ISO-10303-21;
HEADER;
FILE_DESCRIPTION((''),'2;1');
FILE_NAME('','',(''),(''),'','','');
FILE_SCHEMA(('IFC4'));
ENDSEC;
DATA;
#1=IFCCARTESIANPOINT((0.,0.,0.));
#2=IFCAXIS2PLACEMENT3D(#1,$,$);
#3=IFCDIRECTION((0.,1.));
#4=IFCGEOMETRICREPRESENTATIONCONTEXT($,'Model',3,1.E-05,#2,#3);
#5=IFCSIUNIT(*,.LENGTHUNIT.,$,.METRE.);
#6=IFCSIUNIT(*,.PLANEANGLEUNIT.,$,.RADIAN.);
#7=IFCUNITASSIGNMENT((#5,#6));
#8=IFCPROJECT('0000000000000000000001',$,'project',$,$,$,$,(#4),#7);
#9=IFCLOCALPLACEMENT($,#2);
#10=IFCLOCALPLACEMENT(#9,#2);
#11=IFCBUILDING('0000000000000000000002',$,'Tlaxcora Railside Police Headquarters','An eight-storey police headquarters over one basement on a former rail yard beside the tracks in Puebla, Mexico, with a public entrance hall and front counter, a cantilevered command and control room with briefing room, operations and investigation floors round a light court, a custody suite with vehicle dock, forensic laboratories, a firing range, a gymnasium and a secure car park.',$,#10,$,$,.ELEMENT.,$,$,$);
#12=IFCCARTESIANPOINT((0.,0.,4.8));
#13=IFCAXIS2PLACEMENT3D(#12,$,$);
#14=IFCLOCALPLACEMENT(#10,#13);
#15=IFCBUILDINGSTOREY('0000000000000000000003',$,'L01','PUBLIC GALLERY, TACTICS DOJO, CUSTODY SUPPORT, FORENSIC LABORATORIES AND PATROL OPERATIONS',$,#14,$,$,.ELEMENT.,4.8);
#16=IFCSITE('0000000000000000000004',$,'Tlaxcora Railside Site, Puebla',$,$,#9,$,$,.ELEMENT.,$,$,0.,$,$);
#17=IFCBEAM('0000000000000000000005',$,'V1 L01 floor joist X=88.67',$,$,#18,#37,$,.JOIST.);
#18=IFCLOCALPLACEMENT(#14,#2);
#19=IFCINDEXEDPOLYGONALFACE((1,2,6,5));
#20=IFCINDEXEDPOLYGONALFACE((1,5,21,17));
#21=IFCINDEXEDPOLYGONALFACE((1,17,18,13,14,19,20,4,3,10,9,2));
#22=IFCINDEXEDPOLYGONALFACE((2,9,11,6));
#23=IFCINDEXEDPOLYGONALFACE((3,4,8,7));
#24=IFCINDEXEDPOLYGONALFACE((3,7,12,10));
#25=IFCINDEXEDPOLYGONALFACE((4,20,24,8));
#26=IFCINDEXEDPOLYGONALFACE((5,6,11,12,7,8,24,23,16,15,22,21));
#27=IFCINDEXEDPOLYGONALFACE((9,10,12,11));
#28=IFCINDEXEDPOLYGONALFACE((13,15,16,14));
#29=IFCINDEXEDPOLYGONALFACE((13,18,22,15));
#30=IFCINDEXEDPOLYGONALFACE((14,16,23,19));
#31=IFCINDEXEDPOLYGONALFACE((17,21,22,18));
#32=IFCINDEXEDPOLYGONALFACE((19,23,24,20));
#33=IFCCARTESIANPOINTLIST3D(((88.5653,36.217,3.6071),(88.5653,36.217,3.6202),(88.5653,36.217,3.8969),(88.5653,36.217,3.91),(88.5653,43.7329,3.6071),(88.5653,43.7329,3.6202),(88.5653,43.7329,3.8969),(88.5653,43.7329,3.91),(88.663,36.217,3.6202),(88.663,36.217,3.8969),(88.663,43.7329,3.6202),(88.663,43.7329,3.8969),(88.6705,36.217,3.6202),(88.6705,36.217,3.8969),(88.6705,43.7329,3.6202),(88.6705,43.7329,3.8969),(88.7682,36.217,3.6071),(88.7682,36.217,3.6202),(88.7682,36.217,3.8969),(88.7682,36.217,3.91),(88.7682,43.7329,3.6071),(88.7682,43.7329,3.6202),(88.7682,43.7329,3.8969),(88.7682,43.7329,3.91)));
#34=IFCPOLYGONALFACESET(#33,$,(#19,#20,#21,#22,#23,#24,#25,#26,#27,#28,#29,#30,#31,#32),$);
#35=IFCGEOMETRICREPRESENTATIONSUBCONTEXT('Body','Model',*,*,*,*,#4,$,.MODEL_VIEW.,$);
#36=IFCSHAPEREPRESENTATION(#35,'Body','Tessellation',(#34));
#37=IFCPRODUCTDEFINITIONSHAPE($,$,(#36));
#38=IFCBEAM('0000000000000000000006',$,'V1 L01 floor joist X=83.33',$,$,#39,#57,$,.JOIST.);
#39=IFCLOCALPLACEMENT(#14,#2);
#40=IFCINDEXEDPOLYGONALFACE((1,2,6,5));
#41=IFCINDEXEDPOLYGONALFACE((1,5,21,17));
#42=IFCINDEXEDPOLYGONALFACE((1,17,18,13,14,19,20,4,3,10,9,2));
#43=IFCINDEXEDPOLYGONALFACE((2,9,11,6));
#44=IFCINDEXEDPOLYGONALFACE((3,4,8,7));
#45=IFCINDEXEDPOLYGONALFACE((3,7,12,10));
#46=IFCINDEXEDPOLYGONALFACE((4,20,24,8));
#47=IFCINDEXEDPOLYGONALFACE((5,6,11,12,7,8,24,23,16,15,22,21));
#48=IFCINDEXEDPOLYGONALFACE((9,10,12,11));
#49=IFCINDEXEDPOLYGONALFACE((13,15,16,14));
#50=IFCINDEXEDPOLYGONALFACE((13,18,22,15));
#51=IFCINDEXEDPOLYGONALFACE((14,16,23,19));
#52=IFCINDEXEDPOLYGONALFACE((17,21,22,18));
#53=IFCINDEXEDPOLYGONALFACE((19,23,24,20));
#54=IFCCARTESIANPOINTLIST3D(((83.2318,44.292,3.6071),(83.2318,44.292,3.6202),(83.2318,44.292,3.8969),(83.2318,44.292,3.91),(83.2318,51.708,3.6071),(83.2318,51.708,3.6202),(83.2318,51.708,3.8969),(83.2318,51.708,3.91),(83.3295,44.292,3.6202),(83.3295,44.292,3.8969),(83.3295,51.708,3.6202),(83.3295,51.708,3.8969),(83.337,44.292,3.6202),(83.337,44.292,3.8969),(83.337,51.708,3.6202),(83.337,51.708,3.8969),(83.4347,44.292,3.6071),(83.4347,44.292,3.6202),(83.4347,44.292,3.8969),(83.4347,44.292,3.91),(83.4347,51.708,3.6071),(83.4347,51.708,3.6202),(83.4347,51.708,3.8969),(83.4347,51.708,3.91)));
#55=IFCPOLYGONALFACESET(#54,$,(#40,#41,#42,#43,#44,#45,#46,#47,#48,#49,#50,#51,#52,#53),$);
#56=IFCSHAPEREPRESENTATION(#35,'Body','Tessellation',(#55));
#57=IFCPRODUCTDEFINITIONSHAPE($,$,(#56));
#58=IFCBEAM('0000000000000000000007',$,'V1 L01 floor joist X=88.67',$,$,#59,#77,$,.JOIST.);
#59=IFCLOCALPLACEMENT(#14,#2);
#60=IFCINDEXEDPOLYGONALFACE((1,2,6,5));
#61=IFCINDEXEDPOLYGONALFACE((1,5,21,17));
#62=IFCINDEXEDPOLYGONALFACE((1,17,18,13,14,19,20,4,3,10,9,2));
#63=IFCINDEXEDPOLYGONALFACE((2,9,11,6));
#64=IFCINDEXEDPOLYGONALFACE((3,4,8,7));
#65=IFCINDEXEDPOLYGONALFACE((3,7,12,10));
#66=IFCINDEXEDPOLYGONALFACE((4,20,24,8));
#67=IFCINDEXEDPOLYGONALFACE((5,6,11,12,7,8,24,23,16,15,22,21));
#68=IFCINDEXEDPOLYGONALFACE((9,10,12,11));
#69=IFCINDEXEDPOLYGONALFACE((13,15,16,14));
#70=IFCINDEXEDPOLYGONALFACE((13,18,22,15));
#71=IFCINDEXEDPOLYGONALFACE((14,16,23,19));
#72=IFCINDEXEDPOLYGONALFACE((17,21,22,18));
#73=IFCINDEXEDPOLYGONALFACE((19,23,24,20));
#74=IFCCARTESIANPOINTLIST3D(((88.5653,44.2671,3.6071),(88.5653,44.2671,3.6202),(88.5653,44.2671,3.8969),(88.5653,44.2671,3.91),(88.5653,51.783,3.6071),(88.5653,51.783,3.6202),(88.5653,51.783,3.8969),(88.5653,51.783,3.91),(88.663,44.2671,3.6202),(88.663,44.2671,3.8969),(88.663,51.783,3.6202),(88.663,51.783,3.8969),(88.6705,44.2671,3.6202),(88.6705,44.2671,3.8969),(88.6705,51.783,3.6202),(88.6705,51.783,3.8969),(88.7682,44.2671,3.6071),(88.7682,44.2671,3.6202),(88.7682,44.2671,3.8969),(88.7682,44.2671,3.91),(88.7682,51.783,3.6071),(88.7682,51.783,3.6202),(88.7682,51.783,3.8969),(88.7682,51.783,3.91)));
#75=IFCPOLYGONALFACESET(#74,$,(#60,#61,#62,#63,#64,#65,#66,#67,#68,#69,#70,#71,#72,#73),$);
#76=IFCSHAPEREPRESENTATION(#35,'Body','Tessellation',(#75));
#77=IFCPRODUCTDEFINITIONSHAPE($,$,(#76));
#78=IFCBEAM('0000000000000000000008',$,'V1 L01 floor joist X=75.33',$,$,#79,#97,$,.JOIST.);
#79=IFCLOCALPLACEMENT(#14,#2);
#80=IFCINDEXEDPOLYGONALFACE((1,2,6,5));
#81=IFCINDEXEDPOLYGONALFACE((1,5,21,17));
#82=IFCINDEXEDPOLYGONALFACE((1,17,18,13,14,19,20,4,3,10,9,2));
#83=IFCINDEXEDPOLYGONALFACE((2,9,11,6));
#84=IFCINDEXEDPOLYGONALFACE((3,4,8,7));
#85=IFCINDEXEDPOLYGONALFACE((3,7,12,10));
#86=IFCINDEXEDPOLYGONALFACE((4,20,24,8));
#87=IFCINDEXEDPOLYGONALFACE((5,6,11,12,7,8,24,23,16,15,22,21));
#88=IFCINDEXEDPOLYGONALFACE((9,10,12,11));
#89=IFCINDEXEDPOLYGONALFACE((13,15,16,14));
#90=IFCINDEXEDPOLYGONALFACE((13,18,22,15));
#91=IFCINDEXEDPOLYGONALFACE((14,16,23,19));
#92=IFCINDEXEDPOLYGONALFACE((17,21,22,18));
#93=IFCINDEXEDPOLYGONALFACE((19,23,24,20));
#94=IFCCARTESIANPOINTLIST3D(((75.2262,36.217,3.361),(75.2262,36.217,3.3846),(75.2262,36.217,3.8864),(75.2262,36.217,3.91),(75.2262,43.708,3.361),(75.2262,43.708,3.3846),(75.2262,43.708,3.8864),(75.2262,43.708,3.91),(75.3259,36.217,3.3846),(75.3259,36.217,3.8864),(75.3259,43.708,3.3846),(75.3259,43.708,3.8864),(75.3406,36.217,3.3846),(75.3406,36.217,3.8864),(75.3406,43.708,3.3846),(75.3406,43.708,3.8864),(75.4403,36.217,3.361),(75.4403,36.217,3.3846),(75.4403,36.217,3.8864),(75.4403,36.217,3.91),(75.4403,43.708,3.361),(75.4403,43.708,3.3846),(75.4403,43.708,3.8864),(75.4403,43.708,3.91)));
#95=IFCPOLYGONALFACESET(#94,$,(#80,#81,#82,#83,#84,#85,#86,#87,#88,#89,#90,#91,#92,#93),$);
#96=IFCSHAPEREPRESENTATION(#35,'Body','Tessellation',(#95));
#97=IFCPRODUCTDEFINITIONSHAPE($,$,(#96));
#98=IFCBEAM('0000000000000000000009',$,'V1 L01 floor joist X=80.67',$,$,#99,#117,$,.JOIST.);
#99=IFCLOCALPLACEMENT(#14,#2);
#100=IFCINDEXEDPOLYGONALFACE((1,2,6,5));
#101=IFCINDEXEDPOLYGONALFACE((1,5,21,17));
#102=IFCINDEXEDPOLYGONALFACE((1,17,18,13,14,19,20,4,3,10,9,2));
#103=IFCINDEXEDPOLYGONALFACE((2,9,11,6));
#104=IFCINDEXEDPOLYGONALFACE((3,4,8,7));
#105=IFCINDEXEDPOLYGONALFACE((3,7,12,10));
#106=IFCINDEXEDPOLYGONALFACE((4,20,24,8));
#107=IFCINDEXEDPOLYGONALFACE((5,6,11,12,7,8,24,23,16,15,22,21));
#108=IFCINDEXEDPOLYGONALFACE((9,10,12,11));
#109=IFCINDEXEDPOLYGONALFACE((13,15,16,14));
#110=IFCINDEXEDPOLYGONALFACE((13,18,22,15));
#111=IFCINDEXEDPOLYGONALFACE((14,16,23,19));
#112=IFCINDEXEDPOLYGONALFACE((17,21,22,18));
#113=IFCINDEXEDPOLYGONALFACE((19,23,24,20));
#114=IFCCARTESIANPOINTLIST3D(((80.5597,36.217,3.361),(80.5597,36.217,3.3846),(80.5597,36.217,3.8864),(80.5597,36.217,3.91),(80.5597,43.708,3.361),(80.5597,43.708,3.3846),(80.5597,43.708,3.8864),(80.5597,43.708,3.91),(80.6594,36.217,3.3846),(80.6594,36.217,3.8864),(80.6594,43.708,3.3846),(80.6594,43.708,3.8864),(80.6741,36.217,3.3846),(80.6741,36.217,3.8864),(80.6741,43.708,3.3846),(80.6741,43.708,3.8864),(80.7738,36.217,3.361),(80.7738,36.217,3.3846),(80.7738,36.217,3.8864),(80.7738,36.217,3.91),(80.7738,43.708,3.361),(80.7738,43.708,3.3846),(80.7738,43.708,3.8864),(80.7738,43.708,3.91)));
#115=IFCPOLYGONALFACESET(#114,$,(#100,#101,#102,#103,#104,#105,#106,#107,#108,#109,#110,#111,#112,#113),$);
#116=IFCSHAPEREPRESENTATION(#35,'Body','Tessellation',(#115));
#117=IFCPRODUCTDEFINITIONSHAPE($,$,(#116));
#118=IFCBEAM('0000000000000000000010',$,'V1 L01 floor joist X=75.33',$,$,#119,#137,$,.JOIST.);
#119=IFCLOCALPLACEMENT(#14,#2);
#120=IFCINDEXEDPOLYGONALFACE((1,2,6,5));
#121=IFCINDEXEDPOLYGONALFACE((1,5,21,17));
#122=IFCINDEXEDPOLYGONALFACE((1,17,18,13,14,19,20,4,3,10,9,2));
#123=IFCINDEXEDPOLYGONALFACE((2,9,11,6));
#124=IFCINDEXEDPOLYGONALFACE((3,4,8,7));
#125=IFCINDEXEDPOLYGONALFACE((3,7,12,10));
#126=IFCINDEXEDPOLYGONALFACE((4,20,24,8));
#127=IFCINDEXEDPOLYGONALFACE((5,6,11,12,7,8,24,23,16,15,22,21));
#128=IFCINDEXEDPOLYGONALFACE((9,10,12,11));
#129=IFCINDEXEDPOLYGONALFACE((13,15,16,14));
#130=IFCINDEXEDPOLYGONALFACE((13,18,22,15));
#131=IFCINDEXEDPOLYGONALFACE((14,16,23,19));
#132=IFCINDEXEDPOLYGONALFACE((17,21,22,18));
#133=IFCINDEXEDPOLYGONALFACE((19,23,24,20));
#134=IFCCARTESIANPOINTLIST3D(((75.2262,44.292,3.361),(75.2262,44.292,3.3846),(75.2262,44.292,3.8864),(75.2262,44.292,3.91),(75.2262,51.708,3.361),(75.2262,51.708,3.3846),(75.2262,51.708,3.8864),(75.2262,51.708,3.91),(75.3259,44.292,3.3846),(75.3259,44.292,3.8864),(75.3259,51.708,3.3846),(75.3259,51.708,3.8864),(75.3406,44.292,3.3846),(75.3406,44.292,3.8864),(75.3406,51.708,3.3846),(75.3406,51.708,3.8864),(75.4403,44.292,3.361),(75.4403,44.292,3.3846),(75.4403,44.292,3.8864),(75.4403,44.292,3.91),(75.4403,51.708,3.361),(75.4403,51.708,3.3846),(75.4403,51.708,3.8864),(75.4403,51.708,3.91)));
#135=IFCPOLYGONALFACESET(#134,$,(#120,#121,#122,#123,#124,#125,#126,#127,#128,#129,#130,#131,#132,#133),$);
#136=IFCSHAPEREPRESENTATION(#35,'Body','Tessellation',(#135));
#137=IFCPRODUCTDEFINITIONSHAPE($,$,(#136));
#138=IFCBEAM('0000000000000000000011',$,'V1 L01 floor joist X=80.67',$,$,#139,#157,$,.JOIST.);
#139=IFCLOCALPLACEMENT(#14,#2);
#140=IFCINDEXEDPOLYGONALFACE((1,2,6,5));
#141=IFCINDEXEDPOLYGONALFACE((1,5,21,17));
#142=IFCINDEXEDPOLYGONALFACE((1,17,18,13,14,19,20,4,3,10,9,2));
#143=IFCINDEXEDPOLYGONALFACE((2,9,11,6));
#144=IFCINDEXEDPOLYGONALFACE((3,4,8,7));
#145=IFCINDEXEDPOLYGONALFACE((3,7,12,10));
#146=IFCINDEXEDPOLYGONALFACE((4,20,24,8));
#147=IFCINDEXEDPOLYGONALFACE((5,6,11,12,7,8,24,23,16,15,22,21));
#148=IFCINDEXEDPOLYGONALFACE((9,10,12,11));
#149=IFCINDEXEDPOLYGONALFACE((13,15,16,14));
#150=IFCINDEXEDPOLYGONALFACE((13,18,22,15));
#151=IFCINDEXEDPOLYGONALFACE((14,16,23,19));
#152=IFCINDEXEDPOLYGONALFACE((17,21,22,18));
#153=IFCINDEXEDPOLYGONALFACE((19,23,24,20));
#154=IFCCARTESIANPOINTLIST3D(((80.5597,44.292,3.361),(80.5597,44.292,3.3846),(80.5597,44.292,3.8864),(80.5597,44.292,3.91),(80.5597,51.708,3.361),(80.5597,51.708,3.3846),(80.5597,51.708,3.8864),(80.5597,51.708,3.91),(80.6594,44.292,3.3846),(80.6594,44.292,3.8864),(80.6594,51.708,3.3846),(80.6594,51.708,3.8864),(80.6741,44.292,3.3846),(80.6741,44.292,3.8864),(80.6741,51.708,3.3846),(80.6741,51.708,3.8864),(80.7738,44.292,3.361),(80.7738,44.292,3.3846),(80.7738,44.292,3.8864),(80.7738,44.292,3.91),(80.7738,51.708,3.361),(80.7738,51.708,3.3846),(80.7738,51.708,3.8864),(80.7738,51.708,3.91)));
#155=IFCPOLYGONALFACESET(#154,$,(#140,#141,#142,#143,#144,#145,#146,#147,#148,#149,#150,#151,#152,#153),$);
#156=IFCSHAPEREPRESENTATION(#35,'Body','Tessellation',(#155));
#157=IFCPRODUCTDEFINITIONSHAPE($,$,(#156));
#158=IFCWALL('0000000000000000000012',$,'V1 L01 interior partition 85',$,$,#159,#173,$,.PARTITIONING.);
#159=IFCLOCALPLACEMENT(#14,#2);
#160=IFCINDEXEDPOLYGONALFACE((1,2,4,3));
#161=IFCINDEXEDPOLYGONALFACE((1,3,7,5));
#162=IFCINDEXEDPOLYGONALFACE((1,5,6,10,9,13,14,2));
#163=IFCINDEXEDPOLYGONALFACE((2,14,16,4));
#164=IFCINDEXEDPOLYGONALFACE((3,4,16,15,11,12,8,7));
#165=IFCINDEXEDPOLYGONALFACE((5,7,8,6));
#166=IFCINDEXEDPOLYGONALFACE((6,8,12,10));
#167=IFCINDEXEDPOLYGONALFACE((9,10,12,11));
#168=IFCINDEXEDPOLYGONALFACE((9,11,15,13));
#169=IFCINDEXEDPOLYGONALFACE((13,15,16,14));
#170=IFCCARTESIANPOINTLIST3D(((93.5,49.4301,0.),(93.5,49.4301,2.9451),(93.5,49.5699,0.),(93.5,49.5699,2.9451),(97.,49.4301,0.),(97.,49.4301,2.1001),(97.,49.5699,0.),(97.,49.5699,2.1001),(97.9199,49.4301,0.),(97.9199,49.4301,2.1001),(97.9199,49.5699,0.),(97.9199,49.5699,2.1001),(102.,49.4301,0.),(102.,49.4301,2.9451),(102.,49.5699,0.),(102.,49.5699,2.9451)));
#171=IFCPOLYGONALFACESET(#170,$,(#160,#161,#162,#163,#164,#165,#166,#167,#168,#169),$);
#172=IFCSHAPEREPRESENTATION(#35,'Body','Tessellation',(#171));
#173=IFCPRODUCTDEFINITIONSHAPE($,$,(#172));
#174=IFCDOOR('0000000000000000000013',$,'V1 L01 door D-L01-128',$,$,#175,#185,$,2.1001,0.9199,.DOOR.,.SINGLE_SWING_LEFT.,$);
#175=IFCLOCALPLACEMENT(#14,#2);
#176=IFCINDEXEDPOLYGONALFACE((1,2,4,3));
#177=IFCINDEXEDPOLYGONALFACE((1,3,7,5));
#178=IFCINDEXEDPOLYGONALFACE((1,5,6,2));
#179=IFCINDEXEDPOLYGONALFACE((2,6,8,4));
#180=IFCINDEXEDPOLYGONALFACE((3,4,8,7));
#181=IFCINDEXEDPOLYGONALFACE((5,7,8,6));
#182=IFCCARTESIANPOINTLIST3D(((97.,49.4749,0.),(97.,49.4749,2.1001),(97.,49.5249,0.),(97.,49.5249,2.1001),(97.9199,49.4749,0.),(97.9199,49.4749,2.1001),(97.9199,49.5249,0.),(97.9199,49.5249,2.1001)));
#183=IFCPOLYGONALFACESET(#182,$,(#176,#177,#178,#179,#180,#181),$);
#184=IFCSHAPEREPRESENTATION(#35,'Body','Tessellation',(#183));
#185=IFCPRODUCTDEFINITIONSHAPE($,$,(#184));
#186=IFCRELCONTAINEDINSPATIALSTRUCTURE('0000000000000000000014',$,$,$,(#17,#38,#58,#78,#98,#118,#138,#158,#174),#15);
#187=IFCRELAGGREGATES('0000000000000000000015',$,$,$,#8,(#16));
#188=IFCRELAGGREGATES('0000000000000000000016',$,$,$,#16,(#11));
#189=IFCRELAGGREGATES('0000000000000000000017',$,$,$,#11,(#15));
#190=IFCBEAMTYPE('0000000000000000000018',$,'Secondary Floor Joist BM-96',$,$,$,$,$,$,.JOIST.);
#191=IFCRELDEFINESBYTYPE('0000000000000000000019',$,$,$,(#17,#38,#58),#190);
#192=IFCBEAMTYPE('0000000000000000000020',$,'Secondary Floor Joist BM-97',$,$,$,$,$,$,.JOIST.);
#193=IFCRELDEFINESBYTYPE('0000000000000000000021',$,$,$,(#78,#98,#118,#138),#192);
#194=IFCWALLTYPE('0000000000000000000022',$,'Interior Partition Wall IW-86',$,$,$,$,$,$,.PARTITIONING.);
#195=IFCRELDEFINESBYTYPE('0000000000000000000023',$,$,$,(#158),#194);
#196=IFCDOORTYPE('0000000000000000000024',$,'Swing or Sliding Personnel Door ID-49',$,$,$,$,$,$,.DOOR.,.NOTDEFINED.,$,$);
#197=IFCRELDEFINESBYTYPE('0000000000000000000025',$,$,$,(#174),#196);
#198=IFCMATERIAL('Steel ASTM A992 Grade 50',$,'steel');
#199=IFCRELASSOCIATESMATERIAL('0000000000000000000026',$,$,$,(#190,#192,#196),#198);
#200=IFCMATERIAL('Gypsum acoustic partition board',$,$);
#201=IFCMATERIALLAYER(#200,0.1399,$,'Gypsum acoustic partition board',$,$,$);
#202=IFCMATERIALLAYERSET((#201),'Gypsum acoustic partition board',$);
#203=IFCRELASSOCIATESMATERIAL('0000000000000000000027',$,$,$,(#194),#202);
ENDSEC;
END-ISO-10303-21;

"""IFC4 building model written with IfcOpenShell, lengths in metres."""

from ifc_helpers import new_model, si_unit, direction, frame, frame_2d, origin, origin_2d, place, context, subcontext, project, spatial, rectangle, i_section, extrude, material, layer, layer_set, material_profile, profile_set, type_object, element, fill, save


model = new_model("IFC4")

# Units and contexts
model_context = context("Model", 3, precision=1e-05, world=origin(), true_north=direction((0.0, 1.0)))
body_context = subcontext(model_context, "Body", "Model", "MODEL_VIEW")
ifc_project = project(units=[si_unit("LENGTHUNIT", "METRE"), si_unit("PLANEANGLEUNIT", "RADIAN")], contexts=[model_context])

# Site, building, storey
site_placement = place(None, origin())
site = spatial("IfcSite", under=ifc_project, at=site_placement, Name="Tlaxcora Railside Site, Puebla", CompositionType="ELEMENT", RefElevation=0.0)
building_placement = place(site_placement, origin())
building = spatial("IfcBuilding", under=site, at=building_placement, Name="Tlaxcora Railside Police Headquarters", Description="An eight-storey police headquarters over one basement on a former rail yard beside the tracks in Puebla, Mexico, with a public entrance hall and front counter, a cantilevered command and control room with briefing room, operations and investigation floors round a light court, a custody suite with vehicle dock, forensic laboratories, a firing range, a gymnasium and a secure car park.", CompositionType="ELEMENT")
storey_placement = place(building_placement, frame((0.0, 0.0, 4.8)))
storey = spatial("IfcBuildingStorey", under=building, at=storey_placement, Name="L01", Description="PUBLIC GALLERY, TACTICS DOJO, CUSTODY SUPPORT, FORENSIC LABORATORIES AND PATROL OPERATIONS", CompositionType="ELEMENT", Elevation=4.8)

# Beams
ifc_material_1 = material(Name="Steel ASTM A992 Grade 50", Category="steel")
ifc_material_profile_1 = material_profile(ifc_material_1, i_section(OverallWidth=0.2029, OverallDepth=0.303, WebThickness=0.0076, FlangeThickness=0.0132, at=origin_2d()), Name="W12X40")
ifc_profile_set_1 = profile_set([ifc_material_profile_1], Name="Steel ASTM A992 Grade 50")
beam_type_1 = type_object("IfcBeamType", Name="Secondary Floor Joist BM-96", PredefinedType="JOIST", material=ifc_profile_set_1)
beam_1_placement = place(storey_placement, frame((88.6667, 36.217, 3.7585), z_axis=(0.0, 1.0, 0.0), x_axis=(-1.0, 0.0, 0.0)))
element("IfcBeam", 1, at=beam_1_placement, inside=storey, type_object=beam_type_1, Name="V1 L01 floor joist X=88.67", PredefinedType="JOIST", context=body_context, shape_type="SweptSolid", body=[
    extrude(i_section(OverallWidth=0.2029, OverallDepth=0.303, WebThickness=0.0076, FlangeThickness=0.0132, at=origin_2d()), origin(), (0.0, 0.0, 1.0), 7.5159),
])
beam_2_placement = place(storey_placement, frame((83.3333, 44.292, 3.7585), z_axis=(0.0, 1.0, 0.0), x_axis=(-1.0, 0.0, 0.0)))
element("IfcBeam", 2, at=beam_2_placement, inside=storey, type_object=beam_type_1, Name="V1 L01 floor joist X=83.33", PredefinedType="JOIST", context=body_context, shape_type="SweptSolid", body=[
    extrude(i_section(OverallWidth=0.2029, OverallDepth=0.303, WebThickness=0.0076, FlangeThickness=0.0132, at=origin_2d()), origin(), (0.0, 0.0, 1.0), 7.416),
])
beam_3_placement = place(storey_placement, frame((88.6667, 44.2671, 3.7585), z_axis=(0.0, 1.0, 0.0), x_axis=(-1.0, 0.0, 0.0)))
element("IfcBeam", 3, at=beam_3_placement, inside=storey, type_object=beam_type_1, Name="V1 L01 floor joist X=88.67", PredefinedType="JOIST", context=body_context, shape_type="SweptSolid", body=[
    extrude(i_section(OverallWidth=0.2029, OverallDepth=0.303, WebThickness=0.0076, FlangeThickness=0.0132, at=origin_2d()), origin(), (0.0, 0.0, 1.0), 7.5159),
])
ifc_material_profile_2 = material_profile(ifc_material_1, i_section(OverallWidth=0.2141, OverallDepth=0.5491, WebThickness=0.0146, FlangeThickness=0.0237, at=origin_2d()), Name="W21X93")
ifc_profile_set_2 = profile_set([ifc_material_profile_2], Name="Steel ASTM A992 Grade 50")
beam_type_2 = type_object("IfcBeamType", Name="Secondary Floor Joist BM-97", PredefinedType="JOIST", material=ifc_profile_set_2)
for number, where, z_axis, x_axis, name in (
    (4, (75.3333, 36.217, 3.6355), (0.0, 1.0, 0.0), (-1.0, 0.0, 0.0), "V1 L01 floor joist X=75.33"),
    (5, (80.6667, 36.217, 3.6355), (0.0, 1.0, 0.0), (-1.0, 0.0, 0.0), "V1 L01 floor joist X=80.67"),
):
    element("IfcBeam", number, at=place(storey_placement, frame(where, z_axis=z_axis, x_axis=x_axis)), inside=storey, type_object=beam_type_2, Name=name, PredefinedType="JOIST", context=body_context, shape_type="SweptSolid", body=[
        extrude(i_section(OverallWidth=0.2141, OverallDepth=0.5491, WebThickness=0.0146, FlangeThickness=0.0237, at=origin_2d()), origin(), (0.0, 0.0, 1.0), 7.491),
    ])
for number, where, z_axis, x_axis, name in (
    (6, (75.3333, 44.292, 3.6355), (0.0, 1.0, 0.0), (-1.0, 0.0, 0.0), "V1 L01 floor joist X=75.33"),
    (7, (80.6667, 44.292, 3.6355), (0.0, 1.0, 0.0), (-1.0, 0.0, 0.0), "V1 L01 floor joist X=80.67"),
):
    element("IfcBeam", number, at=place(storey_placement, frame(where, z_axis=z_axis, x_axis=x_axis)), inside=storey, type_object=beam_type_2, Name=name, PredefinedType="JOIST", context=body_context, shape_type="SweptSolid", body=[
        extrude(i_section(OverallWidth=0.2141, OverallDepth=0.5491, WebThickness=0.0146, FlangeThickness=0.0237, at=origin_2d()), origin(), (0.0, 0.0, 1.0), 7.416),
    ])

# Wall, opening, door
ifc_material_2 = material(Name="Gypsum acoustic partition board")
ifc_layer = layer(ifc_material_2, 0.1399, Name="Gypsum acoustic partition board")
ifc_layer_set = layer_set([ifc_layer], Name="Gypsum acoustic partition board")
wall_type = type_object("IfcWallType", Name="Interior Partition Wall IW-86", PredefinedType="PARTITIONING", material=ifc_layer_set)
wall_placement = place(storey_placement, frame((93.5, 49.5, 0.0), z_axis=(0.0, 0.0, 1.0), x_axis=(1.0, 0.0, 0.0)))
wall = element("IfcWall", 8, at=wall_placement, inside=storey, type_object=wall_type, Name="V1 L01 interior partition 85", PredefinedType="PARTITIONING", context=body_context, shape_type="SweptSolid", body=[
    extrude(rectangle(XDim=8.5, YDim=0.1399, at=frame_2d((4.25, 0.0))), origin(), (0.0, 0.0, 1.0), 2.9451),
])
opening_placement = place(wall_placement, frame((3.5, 0.0, 0.0)))
opening = element("IfcOpeningElement", 9, at=opening_placement, cuts=wall, PredefinedType="OPENING", context=body_context, shape_type="SweptSolid", body=[
    extrude(rectangle(XDim=0.9199, YDim=2.1001, at=frame_2d((0.46, 1.05))), frame((0.0, 0.0801, 0.0), z_axis=(0.0, -1.0, 0.0), x_axis=(1.0, 0.0, 0.0)), (0.0, 0.0, 1.0), 0.1599),
])
door_type = type_object("IfcDoorType", Name="Swing or Sliding Personnel Door ID-49", OperationType="NOTDEFINED", PredefinedType="DOOR", material=ifc_material_1)
door_placement = place(opening_placement, origin())
door = element("IfcDoor", 10, at=door_placement, inside=storey, type_object=door_type, Name="V1 L01 door D-L01-128", OperationType="SINGLE_SWING_LEFT", OverallHeight=2.1001, OverallWidth=0.9199, PredefinedType="DOOR", context=body_context, shape_type="SweptSolid", body=[
    extrude(rectangle(XDim=0.9199, YDim=2.1001, at=frame_2d((0.46, 1.05))), frame((0.0, 0.0249, 0.0), z_axis=(0.0, -1.0, 0.0), x_axis=(1.0, 0.0, 0.0)), (0.0, 0.0, 1.0), 0.05),
])
fill(opening, door)

save(model, "model.ifc")
